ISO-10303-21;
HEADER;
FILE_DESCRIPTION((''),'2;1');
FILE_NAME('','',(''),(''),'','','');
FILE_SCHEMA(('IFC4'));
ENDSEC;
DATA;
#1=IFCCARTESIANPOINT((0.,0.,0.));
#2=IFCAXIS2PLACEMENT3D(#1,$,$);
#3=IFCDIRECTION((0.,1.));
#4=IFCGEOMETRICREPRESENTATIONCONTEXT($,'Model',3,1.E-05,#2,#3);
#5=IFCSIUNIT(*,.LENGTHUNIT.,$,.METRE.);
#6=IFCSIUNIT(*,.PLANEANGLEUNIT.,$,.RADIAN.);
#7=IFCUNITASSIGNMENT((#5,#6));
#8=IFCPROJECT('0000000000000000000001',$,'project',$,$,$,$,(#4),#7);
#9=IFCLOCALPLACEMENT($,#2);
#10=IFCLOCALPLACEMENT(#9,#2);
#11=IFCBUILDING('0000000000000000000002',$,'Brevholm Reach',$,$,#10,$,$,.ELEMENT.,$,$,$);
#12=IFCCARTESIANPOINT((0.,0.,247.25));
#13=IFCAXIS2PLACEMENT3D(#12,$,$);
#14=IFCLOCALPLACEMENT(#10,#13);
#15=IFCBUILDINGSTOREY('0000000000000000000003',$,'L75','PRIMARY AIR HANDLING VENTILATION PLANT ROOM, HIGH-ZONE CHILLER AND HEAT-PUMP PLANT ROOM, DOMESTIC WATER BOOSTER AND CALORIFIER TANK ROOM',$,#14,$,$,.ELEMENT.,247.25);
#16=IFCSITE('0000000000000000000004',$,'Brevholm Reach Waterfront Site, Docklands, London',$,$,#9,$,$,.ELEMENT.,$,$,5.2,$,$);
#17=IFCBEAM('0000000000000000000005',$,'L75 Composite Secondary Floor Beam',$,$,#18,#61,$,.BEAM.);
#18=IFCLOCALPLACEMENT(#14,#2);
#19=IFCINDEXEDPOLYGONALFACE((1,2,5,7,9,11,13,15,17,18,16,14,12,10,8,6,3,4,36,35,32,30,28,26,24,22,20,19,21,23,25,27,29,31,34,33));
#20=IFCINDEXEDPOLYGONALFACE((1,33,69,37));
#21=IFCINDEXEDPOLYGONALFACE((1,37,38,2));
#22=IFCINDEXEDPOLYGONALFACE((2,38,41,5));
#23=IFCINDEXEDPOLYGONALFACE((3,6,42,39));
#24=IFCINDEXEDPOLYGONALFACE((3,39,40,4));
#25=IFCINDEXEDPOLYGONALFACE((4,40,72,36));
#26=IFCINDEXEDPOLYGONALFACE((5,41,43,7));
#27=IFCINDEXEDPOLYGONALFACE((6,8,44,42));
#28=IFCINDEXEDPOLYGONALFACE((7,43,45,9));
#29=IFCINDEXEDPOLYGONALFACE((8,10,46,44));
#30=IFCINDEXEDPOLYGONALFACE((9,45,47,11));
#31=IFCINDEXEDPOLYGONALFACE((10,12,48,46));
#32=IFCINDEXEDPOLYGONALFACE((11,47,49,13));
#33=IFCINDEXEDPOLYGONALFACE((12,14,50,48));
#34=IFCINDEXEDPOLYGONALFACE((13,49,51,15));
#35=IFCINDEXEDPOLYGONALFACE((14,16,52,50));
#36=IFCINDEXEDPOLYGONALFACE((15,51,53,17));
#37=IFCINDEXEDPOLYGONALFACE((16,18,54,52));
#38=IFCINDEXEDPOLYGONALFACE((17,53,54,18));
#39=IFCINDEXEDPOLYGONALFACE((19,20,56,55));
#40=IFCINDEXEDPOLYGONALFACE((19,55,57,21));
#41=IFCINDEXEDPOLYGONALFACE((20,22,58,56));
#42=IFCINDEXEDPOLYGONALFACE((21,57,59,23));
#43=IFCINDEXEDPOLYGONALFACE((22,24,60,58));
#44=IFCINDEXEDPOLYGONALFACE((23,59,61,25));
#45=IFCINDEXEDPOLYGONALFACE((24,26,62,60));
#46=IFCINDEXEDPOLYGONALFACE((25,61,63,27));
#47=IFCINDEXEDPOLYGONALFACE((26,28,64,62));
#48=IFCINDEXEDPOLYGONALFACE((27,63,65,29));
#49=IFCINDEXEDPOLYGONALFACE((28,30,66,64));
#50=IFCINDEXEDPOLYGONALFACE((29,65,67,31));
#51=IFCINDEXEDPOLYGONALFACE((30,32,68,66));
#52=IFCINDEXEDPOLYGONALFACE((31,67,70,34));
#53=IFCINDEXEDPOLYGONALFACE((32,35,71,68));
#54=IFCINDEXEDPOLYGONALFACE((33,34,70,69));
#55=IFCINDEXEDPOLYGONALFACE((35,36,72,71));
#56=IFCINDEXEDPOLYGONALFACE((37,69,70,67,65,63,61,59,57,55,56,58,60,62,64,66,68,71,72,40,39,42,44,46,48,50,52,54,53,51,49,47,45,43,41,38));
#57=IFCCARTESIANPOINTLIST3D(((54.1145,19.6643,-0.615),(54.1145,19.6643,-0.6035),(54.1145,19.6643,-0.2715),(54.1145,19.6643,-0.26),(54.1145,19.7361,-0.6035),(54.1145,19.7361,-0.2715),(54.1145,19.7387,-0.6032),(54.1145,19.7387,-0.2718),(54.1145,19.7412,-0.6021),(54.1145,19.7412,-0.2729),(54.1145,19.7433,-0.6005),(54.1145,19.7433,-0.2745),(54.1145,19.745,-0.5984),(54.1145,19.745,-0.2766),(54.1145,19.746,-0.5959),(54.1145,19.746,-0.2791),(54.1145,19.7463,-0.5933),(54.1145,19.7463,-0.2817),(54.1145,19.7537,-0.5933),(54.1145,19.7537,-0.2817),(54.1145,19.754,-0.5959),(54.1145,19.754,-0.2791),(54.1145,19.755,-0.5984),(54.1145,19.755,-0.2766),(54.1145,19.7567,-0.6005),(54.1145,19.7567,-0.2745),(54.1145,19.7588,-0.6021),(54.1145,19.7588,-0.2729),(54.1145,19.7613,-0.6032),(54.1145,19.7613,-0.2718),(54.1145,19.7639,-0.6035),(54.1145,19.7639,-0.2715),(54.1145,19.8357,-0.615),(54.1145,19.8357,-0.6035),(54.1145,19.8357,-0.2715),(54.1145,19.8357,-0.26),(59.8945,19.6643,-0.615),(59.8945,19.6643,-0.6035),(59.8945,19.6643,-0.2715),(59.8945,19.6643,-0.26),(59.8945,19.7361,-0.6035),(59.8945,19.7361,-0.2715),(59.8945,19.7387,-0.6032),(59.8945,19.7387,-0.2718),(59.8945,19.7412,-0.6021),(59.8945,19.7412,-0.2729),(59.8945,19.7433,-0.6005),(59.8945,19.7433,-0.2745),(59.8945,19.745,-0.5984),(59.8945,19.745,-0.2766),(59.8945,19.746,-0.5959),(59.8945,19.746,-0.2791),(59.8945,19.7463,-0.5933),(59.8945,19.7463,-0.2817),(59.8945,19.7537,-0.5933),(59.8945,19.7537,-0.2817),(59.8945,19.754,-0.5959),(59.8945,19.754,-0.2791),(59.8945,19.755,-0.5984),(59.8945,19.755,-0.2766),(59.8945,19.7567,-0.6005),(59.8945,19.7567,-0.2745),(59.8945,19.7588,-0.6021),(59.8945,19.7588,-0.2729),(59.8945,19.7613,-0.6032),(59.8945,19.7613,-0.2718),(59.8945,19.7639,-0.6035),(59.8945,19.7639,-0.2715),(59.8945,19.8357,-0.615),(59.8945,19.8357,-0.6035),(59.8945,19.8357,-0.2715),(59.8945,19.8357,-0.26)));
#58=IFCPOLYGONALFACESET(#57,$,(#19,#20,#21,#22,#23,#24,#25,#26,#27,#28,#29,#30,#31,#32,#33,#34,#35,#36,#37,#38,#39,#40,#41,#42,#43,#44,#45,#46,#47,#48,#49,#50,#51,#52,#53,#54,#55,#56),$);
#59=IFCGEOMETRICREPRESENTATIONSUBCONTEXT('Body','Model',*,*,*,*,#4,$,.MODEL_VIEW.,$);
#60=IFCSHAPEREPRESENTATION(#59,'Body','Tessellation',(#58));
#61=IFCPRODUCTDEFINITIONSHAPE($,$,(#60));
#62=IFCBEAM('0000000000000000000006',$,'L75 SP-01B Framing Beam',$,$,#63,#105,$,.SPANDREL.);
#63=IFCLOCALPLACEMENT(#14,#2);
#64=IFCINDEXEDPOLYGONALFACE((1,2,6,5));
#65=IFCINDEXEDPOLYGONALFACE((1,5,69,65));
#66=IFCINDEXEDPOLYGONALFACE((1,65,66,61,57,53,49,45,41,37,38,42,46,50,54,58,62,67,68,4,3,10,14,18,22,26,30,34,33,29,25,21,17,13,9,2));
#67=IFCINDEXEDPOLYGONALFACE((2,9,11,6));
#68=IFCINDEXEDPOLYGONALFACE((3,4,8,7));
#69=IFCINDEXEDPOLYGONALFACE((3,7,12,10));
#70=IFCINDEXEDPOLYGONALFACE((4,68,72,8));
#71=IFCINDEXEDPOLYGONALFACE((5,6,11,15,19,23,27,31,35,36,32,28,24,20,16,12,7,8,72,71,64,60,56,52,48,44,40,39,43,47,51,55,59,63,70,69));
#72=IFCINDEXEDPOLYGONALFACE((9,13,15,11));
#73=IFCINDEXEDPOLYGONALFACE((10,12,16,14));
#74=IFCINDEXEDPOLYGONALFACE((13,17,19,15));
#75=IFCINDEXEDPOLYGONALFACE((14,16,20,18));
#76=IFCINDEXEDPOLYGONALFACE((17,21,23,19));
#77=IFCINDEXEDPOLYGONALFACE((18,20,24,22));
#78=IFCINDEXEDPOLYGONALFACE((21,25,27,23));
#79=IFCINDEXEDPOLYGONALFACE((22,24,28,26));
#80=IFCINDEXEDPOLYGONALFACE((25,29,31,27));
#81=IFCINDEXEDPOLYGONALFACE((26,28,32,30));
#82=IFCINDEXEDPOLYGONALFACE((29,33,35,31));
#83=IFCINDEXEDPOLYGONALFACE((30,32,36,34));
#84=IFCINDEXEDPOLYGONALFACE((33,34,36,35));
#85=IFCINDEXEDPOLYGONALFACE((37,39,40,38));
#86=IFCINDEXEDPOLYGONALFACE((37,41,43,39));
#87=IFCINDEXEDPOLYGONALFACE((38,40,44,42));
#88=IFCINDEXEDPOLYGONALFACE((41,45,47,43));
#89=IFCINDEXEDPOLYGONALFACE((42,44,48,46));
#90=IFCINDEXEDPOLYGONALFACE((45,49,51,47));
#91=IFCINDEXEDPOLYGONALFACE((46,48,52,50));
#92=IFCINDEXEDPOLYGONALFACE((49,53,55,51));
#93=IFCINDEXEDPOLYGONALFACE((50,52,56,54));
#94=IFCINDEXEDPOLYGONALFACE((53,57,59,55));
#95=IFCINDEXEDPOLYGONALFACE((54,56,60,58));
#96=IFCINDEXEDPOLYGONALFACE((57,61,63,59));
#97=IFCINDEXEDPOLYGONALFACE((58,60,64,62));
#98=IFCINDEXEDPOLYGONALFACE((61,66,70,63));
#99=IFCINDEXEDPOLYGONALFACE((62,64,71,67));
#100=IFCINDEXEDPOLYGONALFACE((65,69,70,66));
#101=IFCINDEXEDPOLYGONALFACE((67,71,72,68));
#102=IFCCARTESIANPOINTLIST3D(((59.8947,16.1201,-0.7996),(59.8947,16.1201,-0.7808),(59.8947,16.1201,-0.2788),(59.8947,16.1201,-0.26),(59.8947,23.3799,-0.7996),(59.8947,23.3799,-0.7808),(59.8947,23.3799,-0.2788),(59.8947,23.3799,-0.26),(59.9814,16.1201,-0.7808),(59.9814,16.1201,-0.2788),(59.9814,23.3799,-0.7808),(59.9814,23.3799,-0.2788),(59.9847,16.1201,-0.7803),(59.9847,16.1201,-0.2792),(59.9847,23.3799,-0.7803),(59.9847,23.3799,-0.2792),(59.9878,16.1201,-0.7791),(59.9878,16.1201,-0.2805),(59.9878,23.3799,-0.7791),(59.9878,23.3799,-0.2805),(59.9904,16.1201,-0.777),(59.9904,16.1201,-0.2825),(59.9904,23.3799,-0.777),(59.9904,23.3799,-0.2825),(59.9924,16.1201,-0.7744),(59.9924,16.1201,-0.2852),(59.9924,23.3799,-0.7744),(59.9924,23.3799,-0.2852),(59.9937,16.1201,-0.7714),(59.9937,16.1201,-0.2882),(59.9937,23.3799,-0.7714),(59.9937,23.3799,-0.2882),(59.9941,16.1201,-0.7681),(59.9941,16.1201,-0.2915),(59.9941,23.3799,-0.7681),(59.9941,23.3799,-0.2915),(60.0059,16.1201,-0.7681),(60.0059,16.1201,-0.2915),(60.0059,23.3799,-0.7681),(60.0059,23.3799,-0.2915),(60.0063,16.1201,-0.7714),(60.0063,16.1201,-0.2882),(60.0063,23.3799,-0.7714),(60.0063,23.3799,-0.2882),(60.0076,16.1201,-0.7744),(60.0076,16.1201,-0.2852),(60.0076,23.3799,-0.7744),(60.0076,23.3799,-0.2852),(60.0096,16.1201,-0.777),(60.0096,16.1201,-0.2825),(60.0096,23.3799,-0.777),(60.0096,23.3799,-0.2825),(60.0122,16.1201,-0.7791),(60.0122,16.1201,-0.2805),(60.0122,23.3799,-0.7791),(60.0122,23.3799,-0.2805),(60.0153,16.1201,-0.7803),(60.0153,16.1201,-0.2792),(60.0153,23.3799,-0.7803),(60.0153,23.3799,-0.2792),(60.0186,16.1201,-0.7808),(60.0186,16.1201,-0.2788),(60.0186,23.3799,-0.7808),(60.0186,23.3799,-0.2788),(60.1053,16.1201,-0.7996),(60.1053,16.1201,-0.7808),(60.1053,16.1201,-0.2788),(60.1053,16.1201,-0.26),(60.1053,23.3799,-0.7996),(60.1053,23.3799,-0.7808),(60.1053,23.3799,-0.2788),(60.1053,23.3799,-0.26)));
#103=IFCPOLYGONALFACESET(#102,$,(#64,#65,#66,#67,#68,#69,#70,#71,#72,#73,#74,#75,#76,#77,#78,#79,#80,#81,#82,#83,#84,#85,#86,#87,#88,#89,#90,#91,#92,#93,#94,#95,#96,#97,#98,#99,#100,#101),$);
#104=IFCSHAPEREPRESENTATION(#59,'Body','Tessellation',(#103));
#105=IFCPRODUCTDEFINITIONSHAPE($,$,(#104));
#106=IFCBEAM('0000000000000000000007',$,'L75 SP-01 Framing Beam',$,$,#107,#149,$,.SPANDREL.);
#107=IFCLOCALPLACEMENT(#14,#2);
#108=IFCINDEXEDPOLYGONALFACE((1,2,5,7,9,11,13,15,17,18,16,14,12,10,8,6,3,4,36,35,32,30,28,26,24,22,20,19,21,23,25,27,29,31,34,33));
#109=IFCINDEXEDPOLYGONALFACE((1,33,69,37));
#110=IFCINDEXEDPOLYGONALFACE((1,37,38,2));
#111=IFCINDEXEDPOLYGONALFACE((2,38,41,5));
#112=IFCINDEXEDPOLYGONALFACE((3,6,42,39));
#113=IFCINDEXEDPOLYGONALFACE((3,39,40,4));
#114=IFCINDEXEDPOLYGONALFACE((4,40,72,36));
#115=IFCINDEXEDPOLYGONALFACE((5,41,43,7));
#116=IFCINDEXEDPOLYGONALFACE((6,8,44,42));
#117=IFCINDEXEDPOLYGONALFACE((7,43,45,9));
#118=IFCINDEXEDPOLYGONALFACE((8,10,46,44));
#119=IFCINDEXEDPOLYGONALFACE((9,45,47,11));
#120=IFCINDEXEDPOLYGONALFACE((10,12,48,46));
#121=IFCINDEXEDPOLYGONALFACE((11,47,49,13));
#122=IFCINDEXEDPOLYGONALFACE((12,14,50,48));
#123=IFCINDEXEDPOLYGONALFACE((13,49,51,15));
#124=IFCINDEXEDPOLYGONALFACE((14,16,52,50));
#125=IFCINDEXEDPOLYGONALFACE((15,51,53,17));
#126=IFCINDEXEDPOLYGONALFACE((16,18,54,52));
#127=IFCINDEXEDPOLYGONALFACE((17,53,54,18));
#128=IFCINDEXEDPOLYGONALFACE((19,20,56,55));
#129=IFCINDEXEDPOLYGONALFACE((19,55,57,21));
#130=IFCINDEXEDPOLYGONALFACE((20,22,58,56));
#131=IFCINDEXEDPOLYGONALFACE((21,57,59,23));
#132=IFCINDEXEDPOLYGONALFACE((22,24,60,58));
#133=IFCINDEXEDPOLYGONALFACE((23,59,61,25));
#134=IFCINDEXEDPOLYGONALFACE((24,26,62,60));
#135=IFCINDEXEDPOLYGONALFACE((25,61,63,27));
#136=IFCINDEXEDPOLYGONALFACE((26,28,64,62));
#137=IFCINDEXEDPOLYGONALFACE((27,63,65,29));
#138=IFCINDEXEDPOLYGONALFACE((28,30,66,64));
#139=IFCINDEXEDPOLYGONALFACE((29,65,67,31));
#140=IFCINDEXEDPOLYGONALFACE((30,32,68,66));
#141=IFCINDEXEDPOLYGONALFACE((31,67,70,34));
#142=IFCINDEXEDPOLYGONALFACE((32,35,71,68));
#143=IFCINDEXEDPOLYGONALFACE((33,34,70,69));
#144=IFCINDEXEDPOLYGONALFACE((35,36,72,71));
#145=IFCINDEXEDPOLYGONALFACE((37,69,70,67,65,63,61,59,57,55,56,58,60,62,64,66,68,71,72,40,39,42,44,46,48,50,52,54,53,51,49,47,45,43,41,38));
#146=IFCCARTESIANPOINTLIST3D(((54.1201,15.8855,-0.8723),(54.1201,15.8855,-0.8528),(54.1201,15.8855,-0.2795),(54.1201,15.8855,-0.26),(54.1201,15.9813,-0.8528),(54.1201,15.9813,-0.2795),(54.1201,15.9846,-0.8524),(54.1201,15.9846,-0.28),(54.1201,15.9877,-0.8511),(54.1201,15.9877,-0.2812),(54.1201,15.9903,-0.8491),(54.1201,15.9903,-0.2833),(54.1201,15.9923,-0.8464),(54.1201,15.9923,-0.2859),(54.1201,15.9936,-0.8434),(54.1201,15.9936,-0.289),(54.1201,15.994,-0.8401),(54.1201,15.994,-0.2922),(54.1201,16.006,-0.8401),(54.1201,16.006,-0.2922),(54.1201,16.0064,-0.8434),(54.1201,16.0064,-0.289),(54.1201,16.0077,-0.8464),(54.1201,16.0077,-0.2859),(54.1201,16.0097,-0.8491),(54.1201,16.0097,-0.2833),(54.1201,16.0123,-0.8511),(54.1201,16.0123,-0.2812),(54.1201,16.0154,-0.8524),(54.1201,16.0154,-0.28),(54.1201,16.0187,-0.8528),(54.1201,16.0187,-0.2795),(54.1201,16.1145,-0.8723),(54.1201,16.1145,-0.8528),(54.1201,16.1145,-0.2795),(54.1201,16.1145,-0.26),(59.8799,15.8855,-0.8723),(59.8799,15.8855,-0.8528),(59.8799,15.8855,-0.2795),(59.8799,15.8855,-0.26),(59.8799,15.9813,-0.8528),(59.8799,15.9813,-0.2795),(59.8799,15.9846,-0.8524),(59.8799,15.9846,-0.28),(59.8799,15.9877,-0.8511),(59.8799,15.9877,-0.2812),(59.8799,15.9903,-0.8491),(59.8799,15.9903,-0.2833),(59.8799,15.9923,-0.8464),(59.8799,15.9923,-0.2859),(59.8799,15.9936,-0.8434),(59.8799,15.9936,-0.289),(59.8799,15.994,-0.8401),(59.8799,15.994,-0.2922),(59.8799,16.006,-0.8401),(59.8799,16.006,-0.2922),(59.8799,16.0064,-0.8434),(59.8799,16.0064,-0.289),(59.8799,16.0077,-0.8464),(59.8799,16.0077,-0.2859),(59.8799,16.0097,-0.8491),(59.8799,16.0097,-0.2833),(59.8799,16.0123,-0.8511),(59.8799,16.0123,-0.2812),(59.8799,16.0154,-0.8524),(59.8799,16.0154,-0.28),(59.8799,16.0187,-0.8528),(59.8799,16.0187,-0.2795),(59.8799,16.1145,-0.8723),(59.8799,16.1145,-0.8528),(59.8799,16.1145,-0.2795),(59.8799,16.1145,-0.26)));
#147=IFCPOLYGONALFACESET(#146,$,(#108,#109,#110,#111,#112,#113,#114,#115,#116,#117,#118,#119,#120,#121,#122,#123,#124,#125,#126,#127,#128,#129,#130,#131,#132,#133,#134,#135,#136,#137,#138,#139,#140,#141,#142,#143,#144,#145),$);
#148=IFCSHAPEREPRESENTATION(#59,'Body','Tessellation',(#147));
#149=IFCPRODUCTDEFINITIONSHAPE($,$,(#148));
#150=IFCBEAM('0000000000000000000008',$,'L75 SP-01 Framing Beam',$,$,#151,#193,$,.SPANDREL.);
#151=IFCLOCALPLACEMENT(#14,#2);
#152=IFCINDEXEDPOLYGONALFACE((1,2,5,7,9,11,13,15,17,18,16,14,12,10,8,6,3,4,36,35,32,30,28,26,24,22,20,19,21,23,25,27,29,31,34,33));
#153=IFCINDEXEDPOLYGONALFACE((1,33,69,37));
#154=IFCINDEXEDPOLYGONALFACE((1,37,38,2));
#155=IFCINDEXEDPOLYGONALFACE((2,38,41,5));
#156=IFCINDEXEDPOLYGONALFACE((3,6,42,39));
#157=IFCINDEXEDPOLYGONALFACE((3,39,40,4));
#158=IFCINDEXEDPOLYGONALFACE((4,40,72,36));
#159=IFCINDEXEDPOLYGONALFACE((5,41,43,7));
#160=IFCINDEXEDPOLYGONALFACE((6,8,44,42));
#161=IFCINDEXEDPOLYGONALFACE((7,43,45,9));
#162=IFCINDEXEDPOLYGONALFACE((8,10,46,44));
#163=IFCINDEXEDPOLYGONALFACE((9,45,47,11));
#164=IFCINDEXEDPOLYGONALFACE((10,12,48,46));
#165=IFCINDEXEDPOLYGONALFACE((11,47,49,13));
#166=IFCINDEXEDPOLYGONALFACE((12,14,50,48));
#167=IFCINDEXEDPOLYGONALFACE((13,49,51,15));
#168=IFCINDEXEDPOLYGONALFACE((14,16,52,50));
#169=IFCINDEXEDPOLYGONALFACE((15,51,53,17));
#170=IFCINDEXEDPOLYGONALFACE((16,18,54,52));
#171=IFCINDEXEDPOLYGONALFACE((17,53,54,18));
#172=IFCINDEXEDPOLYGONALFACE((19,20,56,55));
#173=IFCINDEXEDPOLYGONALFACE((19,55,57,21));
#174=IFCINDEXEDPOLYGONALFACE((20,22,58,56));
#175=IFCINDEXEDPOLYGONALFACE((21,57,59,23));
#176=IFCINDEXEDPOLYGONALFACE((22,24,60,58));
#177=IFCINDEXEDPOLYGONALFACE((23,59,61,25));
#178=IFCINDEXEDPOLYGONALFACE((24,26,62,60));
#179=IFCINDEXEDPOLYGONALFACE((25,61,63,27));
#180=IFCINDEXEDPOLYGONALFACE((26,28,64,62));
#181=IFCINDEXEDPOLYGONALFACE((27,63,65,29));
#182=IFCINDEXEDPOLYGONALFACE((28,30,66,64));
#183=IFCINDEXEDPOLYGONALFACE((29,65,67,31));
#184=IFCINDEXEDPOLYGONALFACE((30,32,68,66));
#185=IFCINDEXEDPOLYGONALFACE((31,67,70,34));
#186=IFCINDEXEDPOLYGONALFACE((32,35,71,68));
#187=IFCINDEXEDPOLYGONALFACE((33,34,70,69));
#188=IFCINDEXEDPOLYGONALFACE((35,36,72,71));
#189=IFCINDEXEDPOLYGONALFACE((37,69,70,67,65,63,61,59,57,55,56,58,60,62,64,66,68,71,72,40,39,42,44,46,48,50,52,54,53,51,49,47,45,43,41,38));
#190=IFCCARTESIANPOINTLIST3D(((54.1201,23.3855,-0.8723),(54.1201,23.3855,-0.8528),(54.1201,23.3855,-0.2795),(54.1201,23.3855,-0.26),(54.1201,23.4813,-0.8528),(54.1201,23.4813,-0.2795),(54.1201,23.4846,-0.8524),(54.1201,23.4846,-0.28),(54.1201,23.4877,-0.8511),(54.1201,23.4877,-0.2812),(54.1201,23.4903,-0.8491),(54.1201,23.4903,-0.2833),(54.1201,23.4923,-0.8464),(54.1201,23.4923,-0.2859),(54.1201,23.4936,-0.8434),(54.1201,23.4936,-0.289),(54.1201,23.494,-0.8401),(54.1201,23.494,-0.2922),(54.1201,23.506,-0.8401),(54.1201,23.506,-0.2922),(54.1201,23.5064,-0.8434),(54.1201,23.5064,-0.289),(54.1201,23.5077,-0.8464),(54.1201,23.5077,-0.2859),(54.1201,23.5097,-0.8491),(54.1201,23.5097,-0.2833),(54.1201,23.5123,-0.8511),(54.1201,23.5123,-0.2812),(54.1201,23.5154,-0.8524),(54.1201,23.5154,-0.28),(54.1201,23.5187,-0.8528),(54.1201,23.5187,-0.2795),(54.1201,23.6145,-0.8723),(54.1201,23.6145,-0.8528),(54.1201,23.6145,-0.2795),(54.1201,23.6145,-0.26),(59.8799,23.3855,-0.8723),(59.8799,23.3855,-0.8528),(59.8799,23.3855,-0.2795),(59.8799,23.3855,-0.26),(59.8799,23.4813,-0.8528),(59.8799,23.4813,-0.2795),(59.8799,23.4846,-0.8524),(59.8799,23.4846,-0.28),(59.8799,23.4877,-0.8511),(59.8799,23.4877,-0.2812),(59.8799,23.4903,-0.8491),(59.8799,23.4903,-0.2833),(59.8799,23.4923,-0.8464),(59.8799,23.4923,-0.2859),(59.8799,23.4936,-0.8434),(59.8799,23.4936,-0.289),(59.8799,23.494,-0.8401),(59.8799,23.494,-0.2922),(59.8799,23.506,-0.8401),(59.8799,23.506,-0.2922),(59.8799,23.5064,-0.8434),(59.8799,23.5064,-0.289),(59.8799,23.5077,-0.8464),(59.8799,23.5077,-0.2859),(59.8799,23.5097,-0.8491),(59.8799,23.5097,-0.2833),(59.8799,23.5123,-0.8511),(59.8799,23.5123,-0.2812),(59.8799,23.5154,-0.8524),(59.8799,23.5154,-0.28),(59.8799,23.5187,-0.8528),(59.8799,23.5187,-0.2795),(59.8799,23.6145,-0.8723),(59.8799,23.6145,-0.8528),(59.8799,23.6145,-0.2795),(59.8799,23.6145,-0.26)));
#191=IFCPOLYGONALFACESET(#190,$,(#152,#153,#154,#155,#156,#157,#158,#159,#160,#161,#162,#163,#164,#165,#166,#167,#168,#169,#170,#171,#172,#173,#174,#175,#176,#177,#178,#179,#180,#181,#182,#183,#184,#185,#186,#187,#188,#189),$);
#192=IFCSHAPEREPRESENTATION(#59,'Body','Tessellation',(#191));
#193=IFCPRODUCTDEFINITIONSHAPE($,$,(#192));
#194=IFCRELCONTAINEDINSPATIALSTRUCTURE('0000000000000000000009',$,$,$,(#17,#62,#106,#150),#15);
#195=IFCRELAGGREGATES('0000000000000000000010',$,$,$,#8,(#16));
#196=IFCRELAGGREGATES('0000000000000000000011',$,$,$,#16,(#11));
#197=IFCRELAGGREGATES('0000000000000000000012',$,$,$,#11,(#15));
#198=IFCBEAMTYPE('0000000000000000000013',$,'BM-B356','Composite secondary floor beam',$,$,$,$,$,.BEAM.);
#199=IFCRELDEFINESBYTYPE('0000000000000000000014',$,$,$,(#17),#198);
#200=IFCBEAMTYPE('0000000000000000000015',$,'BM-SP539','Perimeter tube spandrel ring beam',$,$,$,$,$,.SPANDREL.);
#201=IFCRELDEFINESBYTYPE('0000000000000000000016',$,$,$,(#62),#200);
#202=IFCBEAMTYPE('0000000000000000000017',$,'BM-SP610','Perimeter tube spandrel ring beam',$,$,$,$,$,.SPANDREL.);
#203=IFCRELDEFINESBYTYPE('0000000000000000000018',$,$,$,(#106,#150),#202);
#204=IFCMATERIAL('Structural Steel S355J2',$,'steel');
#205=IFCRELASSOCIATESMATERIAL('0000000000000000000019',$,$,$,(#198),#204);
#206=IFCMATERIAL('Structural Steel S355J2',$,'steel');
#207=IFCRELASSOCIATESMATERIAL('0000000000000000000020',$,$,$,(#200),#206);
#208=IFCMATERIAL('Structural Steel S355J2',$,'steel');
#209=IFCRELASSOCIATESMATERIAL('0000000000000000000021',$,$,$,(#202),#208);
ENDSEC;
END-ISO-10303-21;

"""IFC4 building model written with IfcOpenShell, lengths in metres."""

from ifc_helpers import new_model, si_unit, direction, frame, origin, origin_2d, place, context, subcontext, project, spatial, i_section, extrude, material, material_profile, profile_set, type_object, element, save


model = new_model("IFC4")

# Units and contexts
model_context = context("Model", 3, precision=1e-05, world=origin(), true_north=direction((0.0, 1.0)))
body_context = subcontext(model_context, "Body", "Model", "MODEL_VIEW")
ifc_project = project(units=[si_unit("LENGTHUNIT", "METRE"), si_unit("PLANEANGLEUNIT", "RADIAN")], contexts=[model_context])

# Site, building, storey
site_placement = place(None, origin())
site = spatial("IfcSite", under=ifc_project, at=site_placement, Name="Brevholm Reach Waterfront Site, Docklands, London", CompositionType="ELEMENT", RefElevation=5.2)
building_placement = place(site_placement, origin())
building = spatial("IfcBuilding", under=site, at=building_placement, Name="Brevholm Reach", CompositionType="ELEMENT")
storey_placement = place(building_placement, frame((0.0, 0.0, 247.25)))
storey = spatial("IfcBuildingStorey", under=building, at=storey_placement, Name="L75", Description="PRIMARY AIR HANDLING VENTILATION PLANT ROOM, HIGH-ZONE CHILLER AND HEAT-PUMP PLANT ROOM, DOMESTIC WATER BOOSTER AND CALORIFIER TANK ROOM", CompositionType="ELEMENT", Elevation=247.25)

# Beams
ifc_material_1 = material(Name="Structural Steel S355J2", Category="steel")
ifc_material_profile_1 = material_profile(ifc_material_1, i_section(OverallWidth=0.1714, OverallDepth=0.355, WebThickness=0.0073, FlangeThickness=0.0115, FilletRadius=0.0103, at=origin_2d()), Name="UKB 356x171x51")
ifc_profile_set_1 = profile_set([ifc_material_profile_1], Name="Structural Steel S355J2")
beam_type_1 = type_object("IfcBeamType", Name="BM-B356", Description="Composite secondary floor beam", PredefinedType="BEAM", material=ifc_profile_set_1)
beam_1_placement = place(storey_placement, frame((54.1145, 19.75, -0.4375), z_axis=(1.0, 0.0, 0.0), x_axis=(0.0, 1.0, 0.0)))
element("IfcBeam", 1, at=beam_1_placement, inside=storey, type_object=beam_type_1, Name="L75 Composite Secondary Floor Beam", PredefinedType="BEAM", context=body_context, shape_type="SweptSolid", body=[
    extrude(i_section(OverallWidth=0.1714, OverallDepth=0.355, WebThickness=0.0073, FlangeThickness=0.0115, FilletRadius=0.0103, at=origin_2d()), origin(), (0.0, 0.0, 1.0), 5.78),
])
ifc_material_2 = material(Name="Structural Steel S355J2", Category="steel")
ifc_material_profile_2 = material_profile(ifc_material_2, i_section(OverallWidth=0.2107, OverallDepth=0.5396, WebThickness=0.0117, FlangeThickness=0.0188, FilletRadius=0.0127, at=origin_2d()), Name="UKB 533x210x109")
ifc_profile_set_2 = profile_set([ifc_material_profile_2], Name="Structural Steel S355J2")
beam_type_2 = type_object("IfcBeamType", Name="BM-SP539", Description="Perimeter tube spandrel ring beam", PredefinedType="SPANDREL", material=ifc_profile_set_2)
beam_2_placement = place(storey_placement, frame((60.0, 16.1201, -0.5298), z_axis=(0.0, 1.0, 0.0), x_axis=(-1.0, 0.0, 0.0)))
element("IfcBeam", 2, at=beam_2_placement, inside=storey, type_object=beam_type_2, Name="L75 SP-01B Framing Beam", PredefinedType="SPANDREL", context=body_context, shape_type="SweptSolid", body=[
    extrude(i_section(OverallWidth=0.2107, OverallDepth=0.5396, WebThickness=0.0117, FlangeThickness=0.0188, FilletRadius=0.0127, at=origin_2d()), origin(), (0.0, 0.0, 1.0), 7.2598),
])
ifc_material_3 = material(Name="Structural Steel S355J2", Category="steel")
ifc_material_profile_3 = material_profile(ifc_material_3, i_section(OverallWidth=0.229, OverallDepth=0.6123, WebThickness=0.012, FlangeThickness=0.0195, FilletRadius=0.0127, at=origin_2d()), Name="UKB 610x229x125")
ifc_profile_set_3 = profile_set([ifc_material_profile_3], Name="Structural Steel S355J2")
beam_type_3 = type_object("IfcBeamType", Name="BM-SP610", Description="Perimeter tube spandrel ring beam", PredefinedType="SPANDREL", material=ifc_profile_set_3)
for number, where, z_axis, x_axis, name in (
    (3, (54.1201, 16.0, -0.5662), (1.0, 0.0, 0.0), (0.0, 1.0, 0.0), "L75 SP-01 Framing Beam"),
    (4, (54.1201, 23.5, -0.5662), (1.0, 0.0, 0.0), (0.0, 1.0, 0.0), "L75 SP-01 Framing Beam"),
):
    element("IfcBeam", number, at=place(storey_placement, frame(where, z_axis=z_axis, x_axis=x_axis)), inside=storey, type_object=beam_type_3, Name=name, PredefinedType="SPANDREL", context=body_context, shape_type="SweptSolid", body=[
        extrude(i_section(OverallWidth=0.229, OverallDepth=0.6123, WebThickness=0.012, FlangeThickness=0.0195, FilletRadius=0.0127, at=origin_2d()), origin(), (0.0, 0.0, 1.0), 5.7598),
    ])

save(model, "model.ifc")
